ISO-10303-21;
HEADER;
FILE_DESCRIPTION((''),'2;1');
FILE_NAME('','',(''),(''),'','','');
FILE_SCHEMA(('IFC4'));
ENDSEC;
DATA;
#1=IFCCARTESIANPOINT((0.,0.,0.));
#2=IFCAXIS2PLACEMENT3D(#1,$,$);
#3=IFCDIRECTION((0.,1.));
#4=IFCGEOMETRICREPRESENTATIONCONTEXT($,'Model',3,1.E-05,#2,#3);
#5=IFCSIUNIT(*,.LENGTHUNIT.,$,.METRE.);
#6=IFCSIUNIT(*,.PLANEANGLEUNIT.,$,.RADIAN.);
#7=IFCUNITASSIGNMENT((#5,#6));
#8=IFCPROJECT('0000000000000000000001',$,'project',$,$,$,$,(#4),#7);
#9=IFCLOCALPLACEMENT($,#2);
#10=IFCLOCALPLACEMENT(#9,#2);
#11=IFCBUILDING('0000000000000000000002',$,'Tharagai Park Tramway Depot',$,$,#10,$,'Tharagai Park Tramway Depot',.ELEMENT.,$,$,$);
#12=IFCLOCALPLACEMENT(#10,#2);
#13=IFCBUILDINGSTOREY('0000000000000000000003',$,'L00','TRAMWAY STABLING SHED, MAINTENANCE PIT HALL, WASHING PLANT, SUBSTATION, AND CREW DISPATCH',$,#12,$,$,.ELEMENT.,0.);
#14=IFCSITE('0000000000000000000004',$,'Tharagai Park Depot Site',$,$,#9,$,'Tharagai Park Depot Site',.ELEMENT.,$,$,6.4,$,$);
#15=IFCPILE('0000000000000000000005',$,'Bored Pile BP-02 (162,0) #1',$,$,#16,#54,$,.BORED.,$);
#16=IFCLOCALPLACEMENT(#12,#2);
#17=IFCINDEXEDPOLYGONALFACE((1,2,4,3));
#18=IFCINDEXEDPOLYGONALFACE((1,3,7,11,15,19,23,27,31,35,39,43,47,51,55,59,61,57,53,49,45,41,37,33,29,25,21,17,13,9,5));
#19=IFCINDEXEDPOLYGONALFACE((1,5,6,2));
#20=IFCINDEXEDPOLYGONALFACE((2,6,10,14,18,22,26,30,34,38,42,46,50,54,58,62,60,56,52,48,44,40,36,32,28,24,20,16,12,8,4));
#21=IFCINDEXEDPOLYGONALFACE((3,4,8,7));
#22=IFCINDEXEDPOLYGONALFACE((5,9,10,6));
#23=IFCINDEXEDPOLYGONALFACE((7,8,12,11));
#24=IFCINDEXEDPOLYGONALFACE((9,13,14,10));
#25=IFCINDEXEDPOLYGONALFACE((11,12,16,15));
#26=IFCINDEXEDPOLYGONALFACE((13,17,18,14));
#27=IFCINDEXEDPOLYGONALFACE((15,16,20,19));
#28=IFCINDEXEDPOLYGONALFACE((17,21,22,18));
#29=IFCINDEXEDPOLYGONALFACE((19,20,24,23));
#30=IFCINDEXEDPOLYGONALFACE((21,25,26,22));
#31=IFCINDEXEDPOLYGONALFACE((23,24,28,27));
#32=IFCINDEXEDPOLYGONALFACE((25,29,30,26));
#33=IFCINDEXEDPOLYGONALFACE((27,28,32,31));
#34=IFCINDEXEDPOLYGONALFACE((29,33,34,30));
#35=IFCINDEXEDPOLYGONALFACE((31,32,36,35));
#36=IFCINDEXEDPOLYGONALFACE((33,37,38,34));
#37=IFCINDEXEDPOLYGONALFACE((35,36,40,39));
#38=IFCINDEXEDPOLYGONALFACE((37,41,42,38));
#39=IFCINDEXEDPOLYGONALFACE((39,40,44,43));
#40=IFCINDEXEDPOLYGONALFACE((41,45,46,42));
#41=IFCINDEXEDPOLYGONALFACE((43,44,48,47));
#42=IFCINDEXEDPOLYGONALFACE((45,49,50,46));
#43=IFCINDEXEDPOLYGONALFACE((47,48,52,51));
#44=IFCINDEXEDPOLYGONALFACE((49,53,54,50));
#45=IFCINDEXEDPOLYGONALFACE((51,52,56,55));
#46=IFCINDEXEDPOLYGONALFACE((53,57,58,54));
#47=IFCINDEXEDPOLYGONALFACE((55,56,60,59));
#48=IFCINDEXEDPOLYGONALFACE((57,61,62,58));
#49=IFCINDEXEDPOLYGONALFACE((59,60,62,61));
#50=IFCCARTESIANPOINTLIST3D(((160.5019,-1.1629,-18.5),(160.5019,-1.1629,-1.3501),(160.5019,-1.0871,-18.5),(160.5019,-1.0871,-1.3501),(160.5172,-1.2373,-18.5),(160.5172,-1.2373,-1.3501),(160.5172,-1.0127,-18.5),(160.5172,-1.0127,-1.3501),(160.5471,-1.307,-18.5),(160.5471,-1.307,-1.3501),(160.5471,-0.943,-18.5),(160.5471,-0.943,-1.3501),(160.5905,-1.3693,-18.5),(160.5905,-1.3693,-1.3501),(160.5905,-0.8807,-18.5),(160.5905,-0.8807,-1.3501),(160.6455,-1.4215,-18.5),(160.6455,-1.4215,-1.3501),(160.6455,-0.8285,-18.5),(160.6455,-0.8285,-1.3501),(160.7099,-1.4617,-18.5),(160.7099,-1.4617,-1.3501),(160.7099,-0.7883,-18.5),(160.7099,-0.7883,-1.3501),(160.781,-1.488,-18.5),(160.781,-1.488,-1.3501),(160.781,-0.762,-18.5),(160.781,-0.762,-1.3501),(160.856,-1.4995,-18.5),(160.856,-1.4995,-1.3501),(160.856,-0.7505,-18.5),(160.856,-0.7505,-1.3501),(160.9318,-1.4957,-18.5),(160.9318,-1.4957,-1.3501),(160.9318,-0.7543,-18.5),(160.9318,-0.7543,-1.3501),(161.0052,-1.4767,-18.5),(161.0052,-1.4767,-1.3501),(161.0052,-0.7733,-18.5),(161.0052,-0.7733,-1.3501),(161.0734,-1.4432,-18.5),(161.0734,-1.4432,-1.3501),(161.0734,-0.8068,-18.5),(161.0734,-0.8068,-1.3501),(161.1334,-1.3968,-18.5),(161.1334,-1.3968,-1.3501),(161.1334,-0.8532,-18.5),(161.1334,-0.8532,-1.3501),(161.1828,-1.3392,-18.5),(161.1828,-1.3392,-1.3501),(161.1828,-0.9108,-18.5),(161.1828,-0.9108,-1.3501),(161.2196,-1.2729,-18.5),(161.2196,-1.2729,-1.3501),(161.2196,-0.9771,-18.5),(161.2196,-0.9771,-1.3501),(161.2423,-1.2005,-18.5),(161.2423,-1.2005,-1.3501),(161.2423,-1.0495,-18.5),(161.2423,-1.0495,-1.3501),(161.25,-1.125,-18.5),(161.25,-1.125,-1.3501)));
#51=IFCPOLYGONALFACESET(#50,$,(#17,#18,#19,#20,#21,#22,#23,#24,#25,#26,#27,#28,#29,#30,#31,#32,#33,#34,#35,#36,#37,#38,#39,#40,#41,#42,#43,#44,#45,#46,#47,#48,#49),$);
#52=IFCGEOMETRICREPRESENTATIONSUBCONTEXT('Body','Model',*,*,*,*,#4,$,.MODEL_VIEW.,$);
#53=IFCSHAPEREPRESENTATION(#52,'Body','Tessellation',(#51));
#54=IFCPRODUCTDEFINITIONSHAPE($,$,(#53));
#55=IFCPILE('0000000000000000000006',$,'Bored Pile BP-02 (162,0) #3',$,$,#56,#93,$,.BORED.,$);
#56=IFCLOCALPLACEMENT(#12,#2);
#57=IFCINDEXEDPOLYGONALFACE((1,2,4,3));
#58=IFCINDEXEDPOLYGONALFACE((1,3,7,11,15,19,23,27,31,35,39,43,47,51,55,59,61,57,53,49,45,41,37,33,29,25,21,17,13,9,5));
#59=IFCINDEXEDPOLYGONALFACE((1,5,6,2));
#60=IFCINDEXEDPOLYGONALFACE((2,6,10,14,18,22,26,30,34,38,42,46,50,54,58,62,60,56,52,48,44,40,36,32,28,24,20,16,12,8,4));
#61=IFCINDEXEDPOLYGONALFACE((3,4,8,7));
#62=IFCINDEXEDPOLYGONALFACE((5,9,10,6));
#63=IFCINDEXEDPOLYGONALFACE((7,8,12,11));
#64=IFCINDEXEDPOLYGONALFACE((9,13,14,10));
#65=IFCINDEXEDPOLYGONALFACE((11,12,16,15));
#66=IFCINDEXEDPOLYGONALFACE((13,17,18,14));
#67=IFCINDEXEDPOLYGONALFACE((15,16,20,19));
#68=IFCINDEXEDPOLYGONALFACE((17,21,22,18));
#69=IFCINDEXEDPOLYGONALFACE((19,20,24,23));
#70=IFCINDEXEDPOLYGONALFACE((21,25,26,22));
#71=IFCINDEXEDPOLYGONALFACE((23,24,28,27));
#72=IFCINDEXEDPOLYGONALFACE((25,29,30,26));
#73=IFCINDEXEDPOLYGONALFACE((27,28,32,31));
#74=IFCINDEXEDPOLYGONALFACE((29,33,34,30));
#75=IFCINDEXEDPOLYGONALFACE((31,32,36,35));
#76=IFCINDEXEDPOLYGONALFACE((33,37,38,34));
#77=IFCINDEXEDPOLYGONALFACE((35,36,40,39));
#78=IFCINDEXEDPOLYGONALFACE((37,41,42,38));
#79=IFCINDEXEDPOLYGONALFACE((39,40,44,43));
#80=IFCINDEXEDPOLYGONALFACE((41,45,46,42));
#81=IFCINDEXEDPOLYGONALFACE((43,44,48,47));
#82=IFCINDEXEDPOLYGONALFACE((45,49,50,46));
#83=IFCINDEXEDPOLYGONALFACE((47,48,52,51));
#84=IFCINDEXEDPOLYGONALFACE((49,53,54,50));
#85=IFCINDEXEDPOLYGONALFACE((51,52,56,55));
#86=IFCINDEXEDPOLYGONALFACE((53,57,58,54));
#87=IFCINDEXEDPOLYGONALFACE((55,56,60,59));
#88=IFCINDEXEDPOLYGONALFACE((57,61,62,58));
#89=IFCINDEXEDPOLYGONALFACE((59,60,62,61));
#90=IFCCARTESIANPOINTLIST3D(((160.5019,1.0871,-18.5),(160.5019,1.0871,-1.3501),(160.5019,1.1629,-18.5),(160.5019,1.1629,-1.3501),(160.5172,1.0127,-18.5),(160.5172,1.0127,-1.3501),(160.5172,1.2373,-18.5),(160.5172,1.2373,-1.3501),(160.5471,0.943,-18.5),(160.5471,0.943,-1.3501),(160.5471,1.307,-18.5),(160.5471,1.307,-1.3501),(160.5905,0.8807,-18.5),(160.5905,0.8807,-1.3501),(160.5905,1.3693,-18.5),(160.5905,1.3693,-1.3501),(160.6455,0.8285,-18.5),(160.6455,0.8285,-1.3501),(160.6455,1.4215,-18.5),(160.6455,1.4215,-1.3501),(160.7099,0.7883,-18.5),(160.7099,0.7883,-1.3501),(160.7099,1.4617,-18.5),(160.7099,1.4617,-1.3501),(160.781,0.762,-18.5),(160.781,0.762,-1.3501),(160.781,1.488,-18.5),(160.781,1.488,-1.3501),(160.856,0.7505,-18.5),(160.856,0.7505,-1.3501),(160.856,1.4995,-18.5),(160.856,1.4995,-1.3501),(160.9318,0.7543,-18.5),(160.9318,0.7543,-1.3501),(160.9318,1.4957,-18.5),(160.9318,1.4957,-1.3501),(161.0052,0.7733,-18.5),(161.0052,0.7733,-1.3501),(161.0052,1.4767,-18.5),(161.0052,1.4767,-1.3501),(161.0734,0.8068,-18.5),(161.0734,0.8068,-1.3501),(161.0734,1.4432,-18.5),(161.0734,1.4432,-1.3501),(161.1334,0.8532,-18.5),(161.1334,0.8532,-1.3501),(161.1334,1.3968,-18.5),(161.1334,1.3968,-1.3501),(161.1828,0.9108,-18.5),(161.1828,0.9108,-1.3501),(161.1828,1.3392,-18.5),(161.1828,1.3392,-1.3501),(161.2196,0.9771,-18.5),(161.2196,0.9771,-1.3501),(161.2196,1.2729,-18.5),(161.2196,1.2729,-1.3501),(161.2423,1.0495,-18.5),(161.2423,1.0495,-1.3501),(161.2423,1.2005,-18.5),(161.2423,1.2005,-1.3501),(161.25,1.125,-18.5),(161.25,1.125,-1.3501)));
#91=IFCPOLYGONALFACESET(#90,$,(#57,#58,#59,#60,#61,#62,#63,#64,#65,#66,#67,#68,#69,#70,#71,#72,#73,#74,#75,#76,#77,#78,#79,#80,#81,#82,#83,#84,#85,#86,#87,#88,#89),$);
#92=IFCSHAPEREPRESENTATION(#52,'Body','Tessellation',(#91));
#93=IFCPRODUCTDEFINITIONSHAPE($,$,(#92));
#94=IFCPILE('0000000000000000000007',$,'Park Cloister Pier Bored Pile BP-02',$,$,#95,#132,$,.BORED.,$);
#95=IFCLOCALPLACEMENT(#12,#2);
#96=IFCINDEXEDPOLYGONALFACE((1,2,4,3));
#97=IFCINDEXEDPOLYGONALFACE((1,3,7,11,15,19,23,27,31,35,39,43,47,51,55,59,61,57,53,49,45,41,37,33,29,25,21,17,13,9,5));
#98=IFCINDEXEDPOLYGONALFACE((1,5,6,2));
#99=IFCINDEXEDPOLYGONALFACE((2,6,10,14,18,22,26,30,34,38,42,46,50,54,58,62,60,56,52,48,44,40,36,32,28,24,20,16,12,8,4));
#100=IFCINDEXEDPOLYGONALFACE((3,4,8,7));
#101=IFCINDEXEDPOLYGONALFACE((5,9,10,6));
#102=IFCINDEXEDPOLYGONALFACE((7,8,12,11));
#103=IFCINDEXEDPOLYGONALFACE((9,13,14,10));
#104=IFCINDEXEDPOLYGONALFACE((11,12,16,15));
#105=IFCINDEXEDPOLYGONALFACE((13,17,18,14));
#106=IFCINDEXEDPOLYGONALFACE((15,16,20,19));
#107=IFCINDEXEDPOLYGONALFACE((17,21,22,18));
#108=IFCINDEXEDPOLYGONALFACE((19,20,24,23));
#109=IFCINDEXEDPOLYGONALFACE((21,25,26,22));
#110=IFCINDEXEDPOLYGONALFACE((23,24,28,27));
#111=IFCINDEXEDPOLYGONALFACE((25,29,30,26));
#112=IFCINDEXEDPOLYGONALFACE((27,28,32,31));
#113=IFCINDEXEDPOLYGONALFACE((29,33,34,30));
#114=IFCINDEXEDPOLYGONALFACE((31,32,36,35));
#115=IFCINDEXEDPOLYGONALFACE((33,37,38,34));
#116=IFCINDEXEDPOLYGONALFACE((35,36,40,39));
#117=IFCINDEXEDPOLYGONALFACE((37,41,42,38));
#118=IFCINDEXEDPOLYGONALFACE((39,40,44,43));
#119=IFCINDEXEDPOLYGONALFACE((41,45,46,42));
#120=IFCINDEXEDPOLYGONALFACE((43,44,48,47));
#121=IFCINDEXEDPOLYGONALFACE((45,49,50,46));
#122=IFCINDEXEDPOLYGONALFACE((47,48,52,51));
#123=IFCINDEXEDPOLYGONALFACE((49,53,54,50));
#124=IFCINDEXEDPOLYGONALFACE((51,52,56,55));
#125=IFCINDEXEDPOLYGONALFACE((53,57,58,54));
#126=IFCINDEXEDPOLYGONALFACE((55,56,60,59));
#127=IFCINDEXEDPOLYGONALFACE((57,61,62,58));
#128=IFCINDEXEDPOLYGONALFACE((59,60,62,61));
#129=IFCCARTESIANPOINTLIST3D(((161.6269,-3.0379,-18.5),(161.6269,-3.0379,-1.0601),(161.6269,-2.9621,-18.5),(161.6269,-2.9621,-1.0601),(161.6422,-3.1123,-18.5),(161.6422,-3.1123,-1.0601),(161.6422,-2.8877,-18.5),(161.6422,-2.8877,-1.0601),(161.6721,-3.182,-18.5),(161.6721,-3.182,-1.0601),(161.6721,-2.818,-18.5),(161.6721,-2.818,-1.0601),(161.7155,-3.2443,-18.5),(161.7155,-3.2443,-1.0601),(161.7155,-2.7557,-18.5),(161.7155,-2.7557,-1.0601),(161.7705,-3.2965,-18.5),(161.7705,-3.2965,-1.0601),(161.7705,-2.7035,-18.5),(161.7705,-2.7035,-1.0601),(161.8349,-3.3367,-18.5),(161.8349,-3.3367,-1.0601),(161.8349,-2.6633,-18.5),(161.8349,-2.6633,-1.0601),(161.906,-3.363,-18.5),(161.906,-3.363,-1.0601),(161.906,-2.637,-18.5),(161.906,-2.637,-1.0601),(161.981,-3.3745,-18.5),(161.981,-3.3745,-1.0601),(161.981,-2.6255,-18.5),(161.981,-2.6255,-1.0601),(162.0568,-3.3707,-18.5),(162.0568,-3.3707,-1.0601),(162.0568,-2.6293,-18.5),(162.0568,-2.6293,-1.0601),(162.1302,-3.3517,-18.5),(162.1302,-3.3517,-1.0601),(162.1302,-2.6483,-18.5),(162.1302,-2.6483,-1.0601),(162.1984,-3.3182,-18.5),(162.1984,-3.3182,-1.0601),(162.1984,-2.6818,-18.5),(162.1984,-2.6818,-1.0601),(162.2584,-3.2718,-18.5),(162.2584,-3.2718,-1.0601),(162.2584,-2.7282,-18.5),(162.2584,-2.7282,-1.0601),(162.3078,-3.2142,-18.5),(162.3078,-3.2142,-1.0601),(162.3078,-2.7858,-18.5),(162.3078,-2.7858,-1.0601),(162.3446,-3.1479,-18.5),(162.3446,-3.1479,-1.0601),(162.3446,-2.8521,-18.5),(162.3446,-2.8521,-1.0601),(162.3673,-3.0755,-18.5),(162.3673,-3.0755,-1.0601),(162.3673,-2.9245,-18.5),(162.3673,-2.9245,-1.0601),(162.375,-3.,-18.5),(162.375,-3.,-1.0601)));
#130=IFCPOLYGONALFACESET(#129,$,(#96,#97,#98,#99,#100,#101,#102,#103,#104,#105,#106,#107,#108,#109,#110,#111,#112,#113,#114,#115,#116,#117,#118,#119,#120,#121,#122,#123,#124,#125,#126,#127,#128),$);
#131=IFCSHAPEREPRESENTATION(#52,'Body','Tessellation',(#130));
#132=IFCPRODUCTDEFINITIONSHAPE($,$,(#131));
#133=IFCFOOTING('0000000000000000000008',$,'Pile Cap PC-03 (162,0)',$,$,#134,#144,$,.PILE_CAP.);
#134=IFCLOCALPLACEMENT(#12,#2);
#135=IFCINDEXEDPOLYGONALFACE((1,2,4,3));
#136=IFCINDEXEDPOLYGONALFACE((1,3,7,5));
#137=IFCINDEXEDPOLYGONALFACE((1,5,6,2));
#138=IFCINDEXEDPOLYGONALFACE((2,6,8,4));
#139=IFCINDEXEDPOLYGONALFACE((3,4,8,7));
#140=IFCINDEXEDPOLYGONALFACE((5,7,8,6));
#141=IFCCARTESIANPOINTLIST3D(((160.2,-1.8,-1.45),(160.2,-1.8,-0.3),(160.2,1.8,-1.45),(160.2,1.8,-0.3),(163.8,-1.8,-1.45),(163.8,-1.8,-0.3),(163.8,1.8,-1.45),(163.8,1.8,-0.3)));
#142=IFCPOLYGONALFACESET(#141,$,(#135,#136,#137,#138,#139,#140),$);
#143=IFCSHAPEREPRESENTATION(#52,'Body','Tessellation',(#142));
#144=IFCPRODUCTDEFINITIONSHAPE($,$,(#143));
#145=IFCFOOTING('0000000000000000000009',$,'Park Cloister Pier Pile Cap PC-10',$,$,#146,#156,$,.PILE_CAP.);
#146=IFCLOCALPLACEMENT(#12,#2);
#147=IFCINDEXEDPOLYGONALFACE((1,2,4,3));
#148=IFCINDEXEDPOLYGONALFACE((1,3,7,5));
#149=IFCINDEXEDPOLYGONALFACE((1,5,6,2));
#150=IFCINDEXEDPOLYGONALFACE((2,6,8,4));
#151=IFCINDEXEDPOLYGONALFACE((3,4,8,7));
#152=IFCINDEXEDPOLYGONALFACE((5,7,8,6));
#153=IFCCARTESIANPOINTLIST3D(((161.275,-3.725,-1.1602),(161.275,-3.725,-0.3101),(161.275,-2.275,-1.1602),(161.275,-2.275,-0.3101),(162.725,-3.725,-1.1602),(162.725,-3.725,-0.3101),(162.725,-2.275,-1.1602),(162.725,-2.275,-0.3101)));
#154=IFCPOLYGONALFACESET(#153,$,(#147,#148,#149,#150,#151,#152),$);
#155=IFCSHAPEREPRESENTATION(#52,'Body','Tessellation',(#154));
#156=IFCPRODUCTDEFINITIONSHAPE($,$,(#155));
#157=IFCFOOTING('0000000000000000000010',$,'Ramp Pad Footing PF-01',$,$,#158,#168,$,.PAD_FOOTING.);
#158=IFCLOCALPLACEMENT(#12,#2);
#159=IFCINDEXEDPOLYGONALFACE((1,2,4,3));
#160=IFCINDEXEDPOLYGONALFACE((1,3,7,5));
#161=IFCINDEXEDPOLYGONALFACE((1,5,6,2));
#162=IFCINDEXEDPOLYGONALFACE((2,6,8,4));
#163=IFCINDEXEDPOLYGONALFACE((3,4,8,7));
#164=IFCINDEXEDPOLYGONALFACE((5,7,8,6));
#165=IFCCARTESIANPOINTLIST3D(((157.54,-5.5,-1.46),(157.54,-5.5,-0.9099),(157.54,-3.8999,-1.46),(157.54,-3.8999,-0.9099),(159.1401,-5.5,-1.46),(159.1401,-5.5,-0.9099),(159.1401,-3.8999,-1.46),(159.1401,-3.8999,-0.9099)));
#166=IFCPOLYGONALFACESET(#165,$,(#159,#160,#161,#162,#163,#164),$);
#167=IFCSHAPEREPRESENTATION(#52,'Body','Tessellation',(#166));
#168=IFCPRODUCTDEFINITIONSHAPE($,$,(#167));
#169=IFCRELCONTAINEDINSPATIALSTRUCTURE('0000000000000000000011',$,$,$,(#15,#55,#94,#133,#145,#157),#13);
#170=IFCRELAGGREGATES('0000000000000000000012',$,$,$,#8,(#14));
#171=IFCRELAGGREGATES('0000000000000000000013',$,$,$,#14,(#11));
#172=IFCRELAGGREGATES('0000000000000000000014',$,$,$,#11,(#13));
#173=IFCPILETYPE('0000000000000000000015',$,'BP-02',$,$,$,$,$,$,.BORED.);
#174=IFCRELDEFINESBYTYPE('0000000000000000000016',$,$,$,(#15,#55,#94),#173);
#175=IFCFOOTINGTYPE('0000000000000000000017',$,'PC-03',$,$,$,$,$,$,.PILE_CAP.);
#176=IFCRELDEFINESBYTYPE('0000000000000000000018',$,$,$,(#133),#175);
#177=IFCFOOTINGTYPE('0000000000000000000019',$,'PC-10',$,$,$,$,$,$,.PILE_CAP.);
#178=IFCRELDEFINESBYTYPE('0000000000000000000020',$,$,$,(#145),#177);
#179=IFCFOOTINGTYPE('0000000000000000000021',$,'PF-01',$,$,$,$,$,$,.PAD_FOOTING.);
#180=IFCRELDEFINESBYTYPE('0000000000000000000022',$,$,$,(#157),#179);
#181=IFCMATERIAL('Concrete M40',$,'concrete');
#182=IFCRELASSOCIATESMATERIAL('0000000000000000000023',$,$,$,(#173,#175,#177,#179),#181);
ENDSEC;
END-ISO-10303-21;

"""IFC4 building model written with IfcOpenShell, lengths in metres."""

from ifc_helpers import new_model, si_unit, direction, frame, origin, origin_2d, place, context, subcontext, project, spatial, rectangle, circle, extrude, material, material_profile, profile_set, type_object, element, save


model = new_model("IFC4")

# Units and contexts
model_context = context("Model", 3, precision=1e-05, world=origin(), true_north=direction((0.0, 1.0)))
body_context = subcontext(model_context, "Body", "Model", "MODEL_VIEW")
ifc_project = project(units=[si_unit("LENGTHUNIT", "METRE"), si_unit("PLANEANGLEUNIT", "RADIAN")], contexts=[model_context])

# Site, building, storey
site_placement = place(None, origin())
site = spatial("IfcSite", under=ifc_project, at=site_placement, Name="Tharagai Park Depot Site", LongName="Tharagai Park Depot Site", CompositionType="ELEMENT", RefElevation=6.4)
building_placement = place(site_placement, origin())
building = spatial("IfcBuilding", under=site, at=building_placement, Name="Tharagai Park Tramway Depot", LongName="Tharagai Park Tramway Depot", CompositionType="ELEMENT")
storey_placement = place(building_placement, origin())
storey = spatial("IfcBuildingStorey", under=building, at=storey_placement, Name="L00", Description="TRAMWAY STABLING SHED, MAINTENANCE PIT HALL, WASHING PLANT, SUBSTATION, AND CREW DISPATCH", CompositionType="ELEMENT", Elevation=0.0)

# Piles
ifc_material_1 = material(Name="Concrete M40", Category="concrete")
ifc_material_profile_1 = material_profile(ifc_material_1, circle(Radius=0.375, at=origin_2d()), Name="PILE D750")
ifc_profile_set_1 = profile_set([ifc_material_profile_1], Name="Concrete M40")
pile_type = type_object("IfcPileType", Name="BP-02", PredefinedType="BORED", material=ifc_profile_set_1)
for number, where, z_axis, x_axis, name in (
    (1, (160.875, -1.125, -1.3501), (0.0, 0.0, -1.0), (1.0, 0.0, 0.0), "Bored Pile BP-02 (162,0) #1"),
    (2, (160.875, 1.125, -1.3501), (0.0, 0.0, -1.0), (1.0, 0.0, 0.0), "Bored Pile BP-02 (162,0) #3"),
):
    element("IfcPile", number, at=place(storey_placement, frame(where, z_axis=z_axis, x_axis=x_axis)), inside=storey, type_object=pile_type, Name=name, PredefinedType="BORED", context=body_context, shape_type="SweptSolid", body=[
        extrude(circle(Radius=0.375, at=origin_2d()), origin(), (0.0, 0.0, 1.0), 17.1499),
    ])
pile_placement = place(storey_placement, frame((162.0, -3.0, -1.0601), z_axis=(0.0, 0.0, -1.0), x_axis=(1.0, 0.0, 0.0)))
element("IfcPile", 3, at=pile_placement, inside=storey, type_object=pile_type, Name="Park Cloister Pier Bored Pile BP-02", PredefinedType="BORED", context=body_context, shape_type="SweptSolid", body=[
    extrude(circle(Radius=0.375, at=origin_2d()), origin(), (0.0, 0.0, 1.0), 17.4399),
])

# Footings
footing_type_1 = type_object("IfcFootingType", Name="PC-03", PredefinedType="PILE_CAP", material=ifc_material_1)
footing_1_placement = place(storey_placement, frame((162.0, 0.0, -1.45), z_axis=(0.0, 0.0, 1.0), x_axis=(1.0, 0.0, 0.0)))
element("IfcFooting", 4, at=footing_1_placement, inside=storey, type_object=footing_type_1, Name="Pile Cap PC-03 (162,0)", PredefinedType="PILE_CAP", context=body_context, shape_type="SweptSolid", body=[
    extrude(rectangle(XDim=3.6001, YDim=3.6001, at=origin_2d()), origin(), (0.0, 0.0, 1.0), 1.1499),
])
footing_type_2 = type_object("IfcFootingType", Name="PC-10", PredefinedType="PILE_CAP", material=ifc_material_1)
footing_2_placement = place(storey_placement, frame((162.0, -3.0, -1.1602), z_axis=(0.0, 0.0, 1.0), x_axis=(1.0, 0.0, 0.0)))
element("IfcFooting", 5, at=footing_2_placement, inside=storey, type_object=footing_type_2, Name="Park Cloister Pier Pile Cap PC-10", PredefinedType="PILE_CAP", context=body_context, shape_type="SweptSolid", body=[
    extrude(rectangle(XDim=1.45, YDim=1.45, at=origin_2d()), origin(), (0.0, 0.0, 1.0), 0.8501),
])
footing_type_3 = type_object("IfcFootingType", Name="PF-01", PredefinedType="PAD_FOOTING", material=ifc_material_1)
footing_3_placement = place(storey_placement, frame((158.3401, -4.7, -1.46), z_axis=(0.0, 0.0, 1.0), x_axis=(1.0, 0.0, 0.0)))
element("IfcFooting", 6, at=footing_3_placement, inside=storey, type_object=footing_type_3, Name="Ramp Pad Footing PF-01", PredefinedType="PAD_FOOTING", context=body_context, shape_type="SweptSolid", body=[
    extrude(rectangle(XDim=1.6001, YDim=1.6001, at=origin_2d()), origin(), (0.0, 0.0, 1.0), 0.55),
])

save(model, "model.ifc")
